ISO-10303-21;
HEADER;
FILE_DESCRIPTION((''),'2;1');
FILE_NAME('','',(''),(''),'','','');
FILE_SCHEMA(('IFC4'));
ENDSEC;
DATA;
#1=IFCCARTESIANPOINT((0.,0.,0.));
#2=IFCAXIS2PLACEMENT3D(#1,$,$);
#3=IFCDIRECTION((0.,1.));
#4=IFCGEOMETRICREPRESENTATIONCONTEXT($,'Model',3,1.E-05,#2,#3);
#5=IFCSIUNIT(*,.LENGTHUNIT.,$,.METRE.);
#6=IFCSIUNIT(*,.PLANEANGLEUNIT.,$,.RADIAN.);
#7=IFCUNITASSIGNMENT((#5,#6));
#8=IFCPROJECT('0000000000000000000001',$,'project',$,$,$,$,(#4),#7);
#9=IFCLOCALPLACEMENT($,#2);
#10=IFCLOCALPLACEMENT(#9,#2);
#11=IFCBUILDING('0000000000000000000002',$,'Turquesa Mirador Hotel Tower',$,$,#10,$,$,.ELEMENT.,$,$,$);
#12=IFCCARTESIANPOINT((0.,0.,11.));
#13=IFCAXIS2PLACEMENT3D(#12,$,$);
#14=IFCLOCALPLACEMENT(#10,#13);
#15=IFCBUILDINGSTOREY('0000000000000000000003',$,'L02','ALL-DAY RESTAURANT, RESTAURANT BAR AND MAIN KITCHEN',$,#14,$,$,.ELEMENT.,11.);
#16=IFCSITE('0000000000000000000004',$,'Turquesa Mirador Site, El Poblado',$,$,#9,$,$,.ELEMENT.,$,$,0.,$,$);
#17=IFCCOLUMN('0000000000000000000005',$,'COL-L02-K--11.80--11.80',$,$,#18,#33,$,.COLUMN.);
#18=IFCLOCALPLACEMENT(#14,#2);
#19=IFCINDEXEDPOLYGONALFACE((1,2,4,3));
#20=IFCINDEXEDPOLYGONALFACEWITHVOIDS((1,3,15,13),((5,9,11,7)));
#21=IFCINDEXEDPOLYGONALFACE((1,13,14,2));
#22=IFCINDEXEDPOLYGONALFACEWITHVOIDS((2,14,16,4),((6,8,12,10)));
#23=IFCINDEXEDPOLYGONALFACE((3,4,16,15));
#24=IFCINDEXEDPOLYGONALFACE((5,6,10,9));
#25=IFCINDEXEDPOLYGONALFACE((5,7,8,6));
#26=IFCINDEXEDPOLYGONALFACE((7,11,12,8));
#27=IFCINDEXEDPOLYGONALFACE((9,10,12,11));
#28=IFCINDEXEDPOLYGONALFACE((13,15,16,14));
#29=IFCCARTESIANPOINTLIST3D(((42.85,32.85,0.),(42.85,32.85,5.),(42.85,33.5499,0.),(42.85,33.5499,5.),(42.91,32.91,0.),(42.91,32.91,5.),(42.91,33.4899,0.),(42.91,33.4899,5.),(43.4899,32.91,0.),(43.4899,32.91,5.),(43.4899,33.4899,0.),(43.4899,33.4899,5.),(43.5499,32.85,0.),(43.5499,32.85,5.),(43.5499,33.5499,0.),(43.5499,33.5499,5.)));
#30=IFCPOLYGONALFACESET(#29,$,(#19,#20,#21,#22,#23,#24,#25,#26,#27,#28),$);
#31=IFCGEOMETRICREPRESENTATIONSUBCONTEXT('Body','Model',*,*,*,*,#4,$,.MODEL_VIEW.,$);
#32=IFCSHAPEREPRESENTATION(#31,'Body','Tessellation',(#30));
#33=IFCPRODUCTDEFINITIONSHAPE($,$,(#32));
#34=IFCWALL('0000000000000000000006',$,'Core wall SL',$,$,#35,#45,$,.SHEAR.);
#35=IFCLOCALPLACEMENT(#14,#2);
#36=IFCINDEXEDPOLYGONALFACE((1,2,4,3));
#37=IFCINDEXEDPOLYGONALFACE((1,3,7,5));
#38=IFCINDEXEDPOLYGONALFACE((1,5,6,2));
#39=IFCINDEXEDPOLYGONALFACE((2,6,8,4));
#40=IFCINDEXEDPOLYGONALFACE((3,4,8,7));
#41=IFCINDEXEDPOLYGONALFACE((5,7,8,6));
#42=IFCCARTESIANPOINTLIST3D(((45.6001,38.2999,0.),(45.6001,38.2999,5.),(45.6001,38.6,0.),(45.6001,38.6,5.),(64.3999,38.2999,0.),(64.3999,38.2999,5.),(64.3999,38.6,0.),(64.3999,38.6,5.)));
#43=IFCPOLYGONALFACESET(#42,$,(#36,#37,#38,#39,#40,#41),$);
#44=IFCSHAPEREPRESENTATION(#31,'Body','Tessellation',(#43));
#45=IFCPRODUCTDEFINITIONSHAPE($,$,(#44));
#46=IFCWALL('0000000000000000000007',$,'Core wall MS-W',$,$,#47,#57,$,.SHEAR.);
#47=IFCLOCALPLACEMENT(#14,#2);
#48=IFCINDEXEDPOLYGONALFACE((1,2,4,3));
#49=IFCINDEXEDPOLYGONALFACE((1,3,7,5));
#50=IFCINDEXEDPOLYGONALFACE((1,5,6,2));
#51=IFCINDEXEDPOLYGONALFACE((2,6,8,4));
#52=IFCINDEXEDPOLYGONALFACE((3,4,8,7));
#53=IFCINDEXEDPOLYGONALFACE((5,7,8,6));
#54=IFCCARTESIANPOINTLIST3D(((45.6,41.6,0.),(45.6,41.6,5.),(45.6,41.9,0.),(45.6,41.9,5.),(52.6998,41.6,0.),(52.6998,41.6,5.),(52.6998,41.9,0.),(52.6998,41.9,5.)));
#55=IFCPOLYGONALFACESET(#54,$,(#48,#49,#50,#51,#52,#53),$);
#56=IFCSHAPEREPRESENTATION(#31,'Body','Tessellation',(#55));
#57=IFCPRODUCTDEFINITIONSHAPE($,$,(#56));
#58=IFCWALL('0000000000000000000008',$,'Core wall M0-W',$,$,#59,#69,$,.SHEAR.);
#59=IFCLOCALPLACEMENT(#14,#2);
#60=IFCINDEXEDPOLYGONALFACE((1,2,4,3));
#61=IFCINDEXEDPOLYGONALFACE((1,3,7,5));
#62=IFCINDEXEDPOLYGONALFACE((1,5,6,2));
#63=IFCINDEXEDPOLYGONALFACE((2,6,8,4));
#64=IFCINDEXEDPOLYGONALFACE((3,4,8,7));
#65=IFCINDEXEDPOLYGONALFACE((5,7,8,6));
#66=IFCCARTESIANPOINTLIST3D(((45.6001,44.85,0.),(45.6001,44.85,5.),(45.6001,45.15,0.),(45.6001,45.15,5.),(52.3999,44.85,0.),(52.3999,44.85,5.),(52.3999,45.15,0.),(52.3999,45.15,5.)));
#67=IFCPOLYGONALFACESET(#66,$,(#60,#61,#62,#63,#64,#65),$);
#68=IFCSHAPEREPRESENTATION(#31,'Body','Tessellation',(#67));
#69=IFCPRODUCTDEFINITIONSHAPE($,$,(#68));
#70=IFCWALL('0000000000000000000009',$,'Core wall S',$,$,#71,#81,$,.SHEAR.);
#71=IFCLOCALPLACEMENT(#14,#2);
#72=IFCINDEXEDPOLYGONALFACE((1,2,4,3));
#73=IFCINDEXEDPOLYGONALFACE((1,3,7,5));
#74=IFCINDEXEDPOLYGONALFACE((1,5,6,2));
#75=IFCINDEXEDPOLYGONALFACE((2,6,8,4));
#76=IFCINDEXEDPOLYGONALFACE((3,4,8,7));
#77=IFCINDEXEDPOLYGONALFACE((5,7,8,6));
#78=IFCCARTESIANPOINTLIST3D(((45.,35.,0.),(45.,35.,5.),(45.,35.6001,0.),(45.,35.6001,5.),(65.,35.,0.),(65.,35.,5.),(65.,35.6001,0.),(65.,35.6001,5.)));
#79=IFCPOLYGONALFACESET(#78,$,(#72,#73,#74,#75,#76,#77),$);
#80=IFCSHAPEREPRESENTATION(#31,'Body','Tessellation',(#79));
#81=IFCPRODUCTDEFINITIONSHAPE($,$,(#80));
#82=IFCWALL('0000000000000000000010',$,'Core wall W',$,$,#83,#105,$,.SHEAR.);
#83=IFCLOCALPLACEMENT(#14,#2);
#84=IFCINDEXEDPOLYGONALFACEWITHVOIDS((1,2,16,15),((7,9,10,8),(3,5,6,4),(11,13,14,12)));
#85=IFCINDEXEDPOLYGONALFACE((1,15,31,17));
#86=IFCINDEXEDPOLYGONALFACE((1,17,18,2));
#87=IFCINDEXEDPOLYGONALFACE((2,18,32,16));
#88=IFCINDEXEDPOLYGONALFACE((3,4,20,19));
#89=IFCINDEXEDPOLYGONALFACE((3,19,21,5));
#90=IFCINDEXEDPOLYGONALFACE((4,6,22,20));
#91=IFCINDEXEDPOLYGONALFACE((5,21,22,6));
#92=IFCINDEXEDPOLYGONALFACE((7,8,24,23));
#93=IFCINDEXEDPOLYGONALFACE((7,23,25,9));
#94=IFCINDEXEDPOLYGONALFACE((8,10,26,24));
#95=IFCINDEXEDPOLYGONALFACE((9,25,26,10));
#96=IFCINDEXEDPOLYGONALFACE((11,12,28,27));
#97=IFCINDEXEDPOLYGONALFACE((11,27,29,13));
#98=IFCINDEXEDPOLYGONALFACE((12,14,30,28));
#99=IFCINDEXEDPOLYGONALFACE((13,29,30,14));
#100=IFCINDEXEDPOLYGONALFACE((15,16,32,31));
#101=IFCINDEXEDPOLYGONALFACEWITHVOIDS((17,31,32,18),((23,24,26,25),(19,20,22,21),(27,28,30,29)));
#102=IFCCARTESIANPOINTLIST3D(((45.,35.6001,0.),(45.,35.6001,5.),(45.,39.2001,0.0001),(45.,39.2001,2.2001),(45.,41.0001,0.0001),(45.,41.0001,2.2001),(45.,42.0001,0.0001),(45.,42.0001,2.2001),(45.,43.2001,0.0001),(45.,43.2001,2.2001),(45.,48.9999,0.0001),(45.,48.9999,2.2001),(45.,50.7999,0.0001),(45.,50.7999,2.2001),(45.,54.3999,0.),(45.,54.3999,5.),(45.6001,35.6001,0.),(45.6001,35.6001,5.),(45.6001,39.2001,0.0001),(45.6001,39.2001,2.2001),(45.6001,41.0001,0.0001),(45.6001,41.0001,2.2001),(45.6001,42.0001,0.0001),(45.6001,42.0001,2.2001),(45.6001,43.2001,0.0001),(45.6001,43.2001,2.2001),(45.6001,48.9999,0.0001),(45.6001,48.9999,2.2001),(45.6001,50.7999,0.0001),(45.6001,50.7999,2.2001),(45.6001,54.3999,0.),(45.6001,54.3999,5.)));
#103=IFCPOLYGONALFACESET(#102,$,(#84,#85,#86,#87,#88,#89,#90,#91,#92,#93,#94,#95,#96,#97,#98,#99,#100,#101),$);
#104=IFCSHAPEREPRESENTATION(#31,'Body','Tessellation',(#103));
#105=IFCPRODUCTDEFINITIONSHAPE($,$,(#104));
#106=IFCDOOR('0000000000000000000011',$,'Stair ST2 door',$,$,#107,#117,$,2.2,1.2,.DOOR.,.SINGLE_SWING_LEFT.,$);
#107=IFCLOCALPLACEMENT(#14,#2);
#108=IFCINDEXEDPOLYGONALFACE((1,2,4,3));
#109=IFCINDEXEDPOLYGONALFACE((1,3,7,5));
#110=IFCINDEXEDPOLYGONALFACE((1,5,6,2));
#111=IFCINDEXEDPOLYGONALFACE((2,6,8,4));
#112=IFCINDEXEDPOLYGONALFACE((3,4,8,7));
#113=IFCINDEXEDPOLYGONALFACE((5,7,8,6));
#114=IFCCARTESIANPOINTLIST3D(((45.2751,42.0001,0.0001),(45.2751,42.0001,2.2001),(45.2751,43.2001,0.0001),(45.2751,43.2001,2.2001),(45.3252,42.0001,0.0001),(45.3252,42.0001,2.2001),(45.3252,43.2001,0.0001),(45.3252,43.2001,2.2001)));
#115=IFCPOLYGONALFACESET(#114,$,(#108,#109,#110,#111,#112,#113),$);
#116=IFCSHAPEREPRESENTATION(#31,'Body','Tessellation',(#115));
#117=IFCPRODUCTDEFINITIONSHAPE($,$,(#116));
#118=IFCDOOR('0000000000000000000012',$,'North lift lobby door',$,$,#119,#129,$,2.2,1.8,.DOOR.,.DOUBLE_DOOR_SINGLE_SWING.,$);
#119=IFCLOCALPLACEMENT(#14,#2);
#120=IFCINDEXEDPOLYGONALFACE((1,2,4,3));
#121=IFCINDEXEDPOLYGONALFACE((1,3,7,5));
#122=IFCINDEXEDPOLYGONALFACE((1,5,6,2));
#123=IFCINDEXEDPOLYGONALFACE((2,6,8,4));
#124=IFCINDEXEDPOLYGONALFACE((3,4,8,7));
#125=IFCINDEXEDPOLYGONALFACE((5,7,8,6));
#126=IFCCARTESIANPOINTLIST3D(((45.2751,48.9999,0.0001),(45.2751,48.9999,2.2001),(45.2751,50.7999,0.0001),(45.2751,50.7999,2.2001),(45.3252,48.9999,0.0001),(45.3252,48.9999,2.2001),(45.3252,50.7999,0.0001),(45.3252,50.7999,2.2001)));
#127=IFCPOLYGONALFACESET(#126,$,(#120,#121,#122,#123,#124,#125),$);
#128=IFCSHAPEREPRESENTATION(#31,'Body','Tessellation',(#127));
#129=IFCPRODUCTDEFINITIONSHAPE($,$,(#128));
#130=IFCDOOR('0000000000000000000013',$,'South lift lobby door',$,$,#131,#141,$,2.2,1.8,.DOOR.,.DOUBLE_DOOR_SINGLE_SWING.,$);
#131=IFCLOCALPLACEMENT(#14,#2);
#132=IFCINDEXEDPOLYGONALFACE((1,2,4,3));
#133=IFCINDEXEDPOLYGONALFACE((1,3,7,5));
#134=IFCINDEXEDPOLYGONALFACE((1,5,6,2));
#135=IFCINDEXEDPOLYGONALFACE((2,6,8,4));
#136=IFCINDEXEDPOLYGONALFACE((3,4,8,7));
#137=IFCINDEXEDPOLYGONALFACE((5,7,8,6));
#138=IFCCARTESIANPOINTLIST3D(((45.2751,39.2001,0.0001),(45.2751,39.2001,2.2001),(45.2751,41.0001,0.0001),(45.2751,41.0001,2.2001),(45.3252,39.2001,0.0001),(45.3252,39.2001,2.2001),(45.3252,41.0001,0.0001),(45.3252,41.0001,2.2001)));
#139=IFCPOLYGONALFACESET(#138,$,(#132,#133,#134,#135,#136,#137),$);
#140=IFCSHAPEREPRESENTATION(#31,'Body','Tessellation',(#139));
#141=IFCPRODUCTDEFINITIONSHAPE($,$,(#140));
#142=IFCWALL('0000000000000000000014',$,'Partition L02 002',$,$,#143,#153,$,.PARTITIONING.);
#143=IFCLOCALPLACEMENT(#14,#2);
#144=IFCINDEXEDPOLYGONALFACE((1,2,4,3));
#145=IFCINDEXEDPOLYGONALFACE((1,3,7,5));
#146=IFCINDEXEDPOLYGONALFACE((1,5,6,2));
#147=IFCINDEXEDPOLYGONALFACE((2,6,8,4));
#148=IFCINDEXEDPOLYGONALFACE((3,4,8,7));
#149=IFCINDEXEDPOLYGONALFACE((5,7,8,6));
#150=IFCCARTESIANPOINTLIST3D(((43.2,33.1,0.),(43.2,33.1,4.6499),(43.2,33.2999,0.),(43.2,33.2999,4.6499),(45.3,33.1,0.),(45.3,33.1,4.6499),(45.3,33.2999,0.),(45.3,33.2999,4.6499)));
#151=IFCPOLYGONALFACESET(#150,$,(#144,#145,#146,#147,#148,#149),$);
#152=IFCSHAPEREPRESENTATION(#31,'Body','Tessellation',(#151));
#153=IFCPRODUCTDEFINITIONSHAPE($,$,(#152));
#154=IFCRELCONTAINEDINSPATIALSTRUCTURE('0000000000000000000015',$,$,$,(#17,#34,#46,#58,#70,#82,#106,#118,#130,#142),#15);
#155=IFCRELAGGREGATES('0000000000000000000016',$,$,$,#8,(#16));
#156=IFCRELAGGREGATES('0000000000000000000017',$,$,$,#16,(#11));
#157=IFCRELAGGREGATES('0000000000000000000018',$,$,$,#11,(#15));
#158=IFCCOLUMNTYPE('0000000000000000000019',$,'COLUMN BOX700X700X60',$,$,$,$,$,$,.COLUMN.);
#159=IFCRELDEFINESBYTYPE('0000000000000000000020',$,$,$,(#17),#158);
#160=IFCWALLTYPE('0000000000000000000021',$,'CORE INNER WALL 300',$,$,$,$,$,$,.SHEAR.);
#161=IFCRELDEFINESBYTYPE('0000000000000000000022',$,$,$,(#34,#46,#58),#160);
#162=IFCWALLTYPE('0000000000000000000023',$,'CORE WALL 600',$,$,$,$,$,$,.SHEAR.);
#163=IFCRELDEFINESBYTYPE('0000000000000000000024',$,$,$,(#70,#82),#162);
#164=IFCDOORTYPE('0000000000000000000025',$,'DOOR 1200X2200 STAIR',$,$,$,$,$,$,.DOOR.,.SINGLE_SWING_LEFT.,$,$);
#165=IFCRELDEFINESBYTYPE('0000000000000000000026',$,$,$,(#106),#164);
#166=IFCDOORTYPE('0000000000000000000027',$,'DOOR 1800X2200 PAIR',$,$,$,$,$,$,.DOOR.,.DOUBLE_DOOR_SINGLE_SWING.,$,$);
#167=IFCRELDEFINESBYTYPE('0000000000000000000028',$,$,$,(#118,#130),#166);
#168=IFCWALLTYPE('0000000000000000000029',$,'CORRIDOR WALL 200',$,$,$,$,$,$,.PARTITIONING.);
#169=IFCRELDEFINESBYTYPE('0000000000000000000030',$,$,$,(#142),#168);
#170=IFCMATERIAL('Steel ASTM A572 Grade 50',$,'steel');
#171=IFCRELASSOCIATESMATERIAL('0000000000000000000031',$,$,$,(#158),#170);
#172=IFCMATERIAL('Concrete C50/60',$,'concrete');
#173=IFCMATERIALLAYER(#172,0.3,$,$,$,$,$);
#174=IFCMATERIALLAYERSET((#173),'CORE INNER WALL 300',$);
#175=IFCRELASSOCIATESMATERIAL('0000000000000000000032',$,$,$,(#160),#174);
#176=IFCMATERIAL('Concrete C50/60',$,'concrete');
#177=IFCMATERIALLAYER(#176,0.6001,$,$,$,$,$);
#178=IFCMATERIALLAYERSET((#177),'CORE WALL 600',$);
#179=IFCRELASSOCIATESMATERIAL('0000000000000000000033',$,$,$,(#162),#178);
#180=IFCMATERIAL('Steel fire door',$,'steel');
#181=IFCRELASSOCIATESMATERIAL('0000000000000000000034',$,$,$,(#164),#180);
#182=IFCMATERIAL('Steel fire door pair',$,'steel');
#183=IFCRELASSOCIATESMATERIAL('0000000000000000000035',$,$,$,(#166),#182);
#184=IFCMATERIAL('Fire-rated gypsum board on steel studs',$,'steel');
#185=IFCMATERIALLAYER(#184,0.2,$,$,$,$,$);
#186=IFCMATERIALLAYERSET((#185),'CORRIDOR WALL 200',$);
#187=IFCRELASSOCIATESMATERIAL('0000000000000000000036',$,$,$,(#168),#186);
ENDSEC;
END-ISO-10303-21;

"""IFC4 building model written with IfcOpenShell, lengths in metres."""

from ifc_helpers import new_model, si_unit, direction, frame, frame_2d, origin, origin_2d, place, context, subcontext, project, spatial, rectangle, hollow_rectangle, extrude, material, layer, layer_set, material_profile, profile_set, type_object, element, fill, save


model = new_model("IFC4")

# Units and contexts
model_context = context("Model", 3, precision=1e-05, world=origin(), true_north=direction((0.0, 1.0)))
body_context = subcontext(model_context, "Body", "Model", "MODEL_VIEW")
ifc_project = project(units=[si_unit("LENGTHUNIT", "METRE"), si_unit("PLANEANGLEUNIT", "RADIAN")], contexts=[model_context])

# Site, building, storey
site_placement = place(None, origin())
site = spatial("IfcSite", under=ifc_project, at=site_placement, Name="Turquesa Mirador Site, El Poblado", CompositionType="ELEMENT", RefElevation=0.0)
building_placement = place(site_placement, origin())
building = spatial("IfcBuilding", under=site, at=building_placement, Name="Turquesa Mirador Hotel Tower", CompositionType="ELEMENT")
storey_placement = place(building_placement, frame((0.0, 0.0, 11.0)))
storey = spatial("IfcBuildingStorey", under=building, at=storey_placement, Name="L02", Description="ALL-DAY RESTAURANT, RESTAURANT BAR AND MAIN KITCHEN", CompositionType="ELEMENT", Elevation=11.0)

# Column
ifc_material_1 = material(Name="Steel ASTM A572 Grade 50", Category="steel")
ifc_material_profile = material_profile(ifc_material_1, hollow_rectangle(XDim=0.7, YDim=0.7, WallThickness=0.0601, at=origin_2d()), Name="BOX700X700X60")
ifc_profile_set = profile_set([ifc_material_profile], Name="Steel ASTM A572 Grade 50")
column_type = type_object("IfcColumnType", Name="COLUMN BOX700X700X60", PredefinedType="COLUMN", material=ifc_profile_set)
column_placement = place(storey_placement, frame((43.2, 33.2, 0.0), z_axis=(0.0, 0.0, 1.0), x_axis=(1.0, 0.0, 0.0)))
element("IfcColumn", 1, at=column_placement, inside=storey, type_object=column_type, Name="COL-L02-K--11.80--11.80", PredefinedType="COLUMN", context=body_context, shape_type="SweptSolid", body=[
    extrude(hollow_rectangle(XDim=0.7, YDim=0.7, WallThickness=0.0601, at=origin_2d()), origin(), (0.0, 0.0, 1.0), 5.0),
])

# Walls
ifc_material_2 = material(Name="Concrete C50/60", Category="concrete")
ifc_layer_1 = layer(ifc_material_2, 0.3)
ifc_layer_set_1 = layer_set([ifc_layer_1], Name="CORE INNER WALL 300")
wall_type_1 = type_object("IfcWallType", Name="CORE INNER WALL 300", PredefinedType="SHEAR", material=ifc_layer_set_1)
wall_1_placement = place(storey_placement, frame((45.6001, 38.45, 0.0), z_axis=(0.0, 0.0, 1.0), x_axis=(1.0, 0.0, 0.0)))
element("IfcWall", 2, at=wall_1_placement, inside=storey, type_object=wall_type_1, Name="Core wall SL", PredefinedType="SHEAR", context=body_context, shape_type="SweptSolid", body=[
    extrude(rectangle(XDim=18.7998, YDim=0.3, at=frame_2d((9.3999, 0.0))), origin(), (0.0, 0.0, 1.0), 5.0),
])
wall_2_placement = place(storey_placement, frame((45.6001, 41.75, 0.0), z_axis=(0.0, 0.0, 1.0), x_axis=(1.0, 0.0, 0.0)))
element("IfcWall", 3, at=wall_2_placement, inside=storey, type_object=wall_type_1, Name="Core wall MS-W", PredefinedType="SHEAR", context=body_context, shape_type="SweptSolid", body=[
    extrude(rectangle(XDim=7.0999, YDim=0.3, at=frame_2d((3.5498, 0.0))), origin(), (0.0, 0.0, 1.0), 5.0),
])
wall_3_placement = place(storey_placement, frame((45.6001, 45.0, 0.0), z_axis=(0.0, 0.0, 1.0), x_axis=(1.0, 0.0, 0.0)))
element("IfcWall", 4, at=wall_3_placement, inside=storey, type_object=wall_type_1, Name="Core wall M0-W", PredefinedType="SHEAR", context=body_context, shape_type="SweptSolid", body=[
    extrude(rectangle(XDim=6.7998, YDim=0.3, at=frame_2d((3.3999, 0.0))), origin(), (0.0, 0.0, 1.0), 5.0),
])
ifc_material_3 = material(Name="Concrete C50/60", Category="concrete")
ifc_layer_2 = layer(ifc_material_3, 0.6001)
ifc_layer_set_2 = layer_set([ifc_layer_2], Name="CORE WALL 600")
wall_type_2 = type_object("IfcWallType", Name="CORE WALL 600", PredefinedType="SHEAR", material=ifc_layer_set_2)
wall_4_placement = place(storey_placement, frame((45.0, 35.3, 0.0), z_axis=(0.0, 0.0, 1.0), x_axis=(1.0, 0.0, 0.0)))
element("IfcWall", 5, at=wall_4_placement, inside=storey, type_object=wall_type_2, Name="Core wall S", PredefinedType="SHEAR", context=body_context, shape_type="SweptSolid", body=[
    extrude(rectangle(XDim=20.0, YDim=0.6001, at=frame_2d((10.0, 0.0))), origin(), (0.0, 0.0, 1.0), 5.0),
])

# Wall, openings, doors
wall_5_placement = place(storey_placement, frame((45.3, 35.6001, 0.0), z_axis=(0.0, 0.0, 1.0), x_axis=(0.0, 1.0, 0.0)))
wall_5 = element("IfcWall", 6, at=wall_5_placement, inside=storey, type_object=wall_type_2, Name="Core wall W", PredefinedType="SHEAR", context=body_context, shape_type="SweptSolid", body=[
    extrude(rectangle(XDim=18.7998, YDim=0.6001, at=frame_2d((9.3999, 0.0))), origin(), (0.0, 0.0, 1.0), 5.0),
])
opening_1_placement = place(wall_5_placement, frame((13.3999, 0.0, 0.0)))
opening_1 = element("IfcOpeningElement", 7, at=opening_1_placement, cuts=wall_5, PredefinedType="OPENING", context=body_context, shape_type="SweptSolid", body=[
    extrude(rectangle(XDim=1.8, YDim=2.2, at=frame_2d((0.8999, 1.1001))), frame((0.0, 0.3101, 0.0), z_axis=(0.0, -1.0, 0.0), x_axis=(1.0, 0.0, 0.0)), (0.0, 0.0, 1.0), 0.6201),
])
opening_2_placement = place(wall_5_placement, frame((3.6001, 0.0, 0.0)))
opening_2 = element("IfcOpeningElement", 8, at=opening_2_placement, cuts=wall_5, PredefinedType="OPENING", context=body_context, shape_type="SweptSolid", body=[
    extrude(rectangle(XDim=1.8, YDim=2.2, at=frame_2d((0.8999, 1.1001))), frame((0.0, 0.3101, 0.0), z_axis=(0.0, -1.0, 0.0), x_axis=(1.0, 0.0, 0.0)), (0.0, 0.0, 1.0), 0.6201),
])
opening_3_placement = place(wall_5_placement, frame((6.3999, 0.0, 0.0)))
opening_3 = element("IfcOpeningElement", 9, at=opening_3_placement, cuts=wall_5, PredefinedType="OPENING", context=body_context, shape_type="SweptSolid", body=[
    extrude(rectangle(XDim=1.2, YDim=2.2, at=frame_2d((0.6001, 1.1001))), frame((0.0, 0.3101, 0.0), z_axis=(0.0, -1.0, 0.0), x_axis=(1.0, 0.0, 0.0)), (0.0, 0.0, 1.0), 0.6201),
])
ifc_material_4 = material(Name="Steel fire door", Category="steel")
door_type_1 = type_object("IfcDoorType", Name="DOOR 1200X2200 STAIR", OperationType="SINGLE_SWING_LEFT", PredefinedType="DOOR", material=ifc_material_4)
door_1_placement = place(opening_3_placement, origin())
door_1 = element("IfcDoor", 10, at=door_1_placement, inside=storey, type_object=door_type_1, Name="Stair ST2 door", OperationType="SINGLE_SWING_LEFT", OverallHeight=2.2, OverallWidth=1.2, PredefinedType="DOOR", context=body_context, shape_type="SweptSolid", body=[
    extrude(rectangle(XDim=1.2, YDim=2.2, at=frame_2d((0.6001, 1.1001))), frame((0.0, 0.0249, 0.0), z_axis=(0.0, -1.0, 0.0), x_axis=(1.0, 0.0, 0.0)), (0.0, 0.0, 1.0), 0.05),
])
fill(opening_3, door_1)
ifc_material_5 = material(Name="Steel fire door pair", Category="steel")
door_type_2 = type_object("IfcDoorType", Name="DOOR 1800X2200 PAIR", OperationType="DOUBLE_DOOR_SINGLE_SWING", PredefinedType="DOOR", material=ifc_material_5)
door_2_placement = place(opening_1_placement, origin())
door_2 = element("IfcDoor", 11, at=door_2_placement, inside=storey, type_object=door_type_2, Name="North lift lobby door", OperationType="DOUBLE_DOOR_SINGLE_SWING", OverallHeight=2.2, OverallWidth=1.8, PredefinedType="DOOR", context=body_context, shape_type="SweptSolid", body=[
    extrude(rectangle(XDim=1.8, YDim=2.2, at=frame_2d((0.8999, 1.1001))), frame((0.0, 0.0249, 0.0), z_axis=(0.0, -1.0, 0.0), x_axis=(1.0, 0.0, 0.0)), (0.0, 0.0, 1.0), 0.05),
])
fill(opening_1, door_2)
door_3_placement = place(opening_2_placement, origin())
door_3 = element("IfcDoor", 12, at=door_3_placement, inside=storey, type_object=door_type_2, Name="South lift lobby door", OperationType="DOUBLE_DOOR_SINGLE_SWING", OverallHeight=2.2, OverallWidth=1.8, PredefinedType="DOOR", context=body_context, shape_type="SweptSolid", body=[
    extrude(rectangle(XDim=1.8, YDim=2.2, at=frame_2d((0.8999, 1.1001))), frame((0.0, 0.0249, 0.0), z_axis=(0.0, -1.0, 0.0), x_axis=(1.0, 0.0, 0.0)), (0.0, 0.0, 1.0), 0.05),
])
fill(opening_2, door_3)

# Wall
ifc_material_6 = material(Name="Fire-rated gypsum board on steel studs", Category="steel")
ifc_layer_3 = layer(ifc_material_6, 0.2)
ifc_layer_set_3 = layer_set([ifc_layer_3], Name="CORRIDOR WALL 200")
wall_type_3 = type_object("IfcWallType", Name="CORRIDOR WALL 200", PredefinedType="PARTITIONING", material=ifc_layer_set_3)
wall_6_placement = place(storey_placement, frame((43.2, 33.2, 0.0), z_axis=(0.0, 0.0, 1.0), x_axis=(1.0, 0.0, 0.0)))
element("IfcWall", 13, at=wall_6_placement, inside=storey, type_object=wall_type_3, Name="Partition L02 002", PredefinedType="PARTITIONING", context=body_context, shape_type="SweptSolid", body=[
    extrude(rectangle(XDim=2.1001, YDim=0.2, at=frame_2d((1.05, 0.0))), origin(), (0.0, 0.0, 1.0), 4.6499),
])

save(model, "model.ifc")
